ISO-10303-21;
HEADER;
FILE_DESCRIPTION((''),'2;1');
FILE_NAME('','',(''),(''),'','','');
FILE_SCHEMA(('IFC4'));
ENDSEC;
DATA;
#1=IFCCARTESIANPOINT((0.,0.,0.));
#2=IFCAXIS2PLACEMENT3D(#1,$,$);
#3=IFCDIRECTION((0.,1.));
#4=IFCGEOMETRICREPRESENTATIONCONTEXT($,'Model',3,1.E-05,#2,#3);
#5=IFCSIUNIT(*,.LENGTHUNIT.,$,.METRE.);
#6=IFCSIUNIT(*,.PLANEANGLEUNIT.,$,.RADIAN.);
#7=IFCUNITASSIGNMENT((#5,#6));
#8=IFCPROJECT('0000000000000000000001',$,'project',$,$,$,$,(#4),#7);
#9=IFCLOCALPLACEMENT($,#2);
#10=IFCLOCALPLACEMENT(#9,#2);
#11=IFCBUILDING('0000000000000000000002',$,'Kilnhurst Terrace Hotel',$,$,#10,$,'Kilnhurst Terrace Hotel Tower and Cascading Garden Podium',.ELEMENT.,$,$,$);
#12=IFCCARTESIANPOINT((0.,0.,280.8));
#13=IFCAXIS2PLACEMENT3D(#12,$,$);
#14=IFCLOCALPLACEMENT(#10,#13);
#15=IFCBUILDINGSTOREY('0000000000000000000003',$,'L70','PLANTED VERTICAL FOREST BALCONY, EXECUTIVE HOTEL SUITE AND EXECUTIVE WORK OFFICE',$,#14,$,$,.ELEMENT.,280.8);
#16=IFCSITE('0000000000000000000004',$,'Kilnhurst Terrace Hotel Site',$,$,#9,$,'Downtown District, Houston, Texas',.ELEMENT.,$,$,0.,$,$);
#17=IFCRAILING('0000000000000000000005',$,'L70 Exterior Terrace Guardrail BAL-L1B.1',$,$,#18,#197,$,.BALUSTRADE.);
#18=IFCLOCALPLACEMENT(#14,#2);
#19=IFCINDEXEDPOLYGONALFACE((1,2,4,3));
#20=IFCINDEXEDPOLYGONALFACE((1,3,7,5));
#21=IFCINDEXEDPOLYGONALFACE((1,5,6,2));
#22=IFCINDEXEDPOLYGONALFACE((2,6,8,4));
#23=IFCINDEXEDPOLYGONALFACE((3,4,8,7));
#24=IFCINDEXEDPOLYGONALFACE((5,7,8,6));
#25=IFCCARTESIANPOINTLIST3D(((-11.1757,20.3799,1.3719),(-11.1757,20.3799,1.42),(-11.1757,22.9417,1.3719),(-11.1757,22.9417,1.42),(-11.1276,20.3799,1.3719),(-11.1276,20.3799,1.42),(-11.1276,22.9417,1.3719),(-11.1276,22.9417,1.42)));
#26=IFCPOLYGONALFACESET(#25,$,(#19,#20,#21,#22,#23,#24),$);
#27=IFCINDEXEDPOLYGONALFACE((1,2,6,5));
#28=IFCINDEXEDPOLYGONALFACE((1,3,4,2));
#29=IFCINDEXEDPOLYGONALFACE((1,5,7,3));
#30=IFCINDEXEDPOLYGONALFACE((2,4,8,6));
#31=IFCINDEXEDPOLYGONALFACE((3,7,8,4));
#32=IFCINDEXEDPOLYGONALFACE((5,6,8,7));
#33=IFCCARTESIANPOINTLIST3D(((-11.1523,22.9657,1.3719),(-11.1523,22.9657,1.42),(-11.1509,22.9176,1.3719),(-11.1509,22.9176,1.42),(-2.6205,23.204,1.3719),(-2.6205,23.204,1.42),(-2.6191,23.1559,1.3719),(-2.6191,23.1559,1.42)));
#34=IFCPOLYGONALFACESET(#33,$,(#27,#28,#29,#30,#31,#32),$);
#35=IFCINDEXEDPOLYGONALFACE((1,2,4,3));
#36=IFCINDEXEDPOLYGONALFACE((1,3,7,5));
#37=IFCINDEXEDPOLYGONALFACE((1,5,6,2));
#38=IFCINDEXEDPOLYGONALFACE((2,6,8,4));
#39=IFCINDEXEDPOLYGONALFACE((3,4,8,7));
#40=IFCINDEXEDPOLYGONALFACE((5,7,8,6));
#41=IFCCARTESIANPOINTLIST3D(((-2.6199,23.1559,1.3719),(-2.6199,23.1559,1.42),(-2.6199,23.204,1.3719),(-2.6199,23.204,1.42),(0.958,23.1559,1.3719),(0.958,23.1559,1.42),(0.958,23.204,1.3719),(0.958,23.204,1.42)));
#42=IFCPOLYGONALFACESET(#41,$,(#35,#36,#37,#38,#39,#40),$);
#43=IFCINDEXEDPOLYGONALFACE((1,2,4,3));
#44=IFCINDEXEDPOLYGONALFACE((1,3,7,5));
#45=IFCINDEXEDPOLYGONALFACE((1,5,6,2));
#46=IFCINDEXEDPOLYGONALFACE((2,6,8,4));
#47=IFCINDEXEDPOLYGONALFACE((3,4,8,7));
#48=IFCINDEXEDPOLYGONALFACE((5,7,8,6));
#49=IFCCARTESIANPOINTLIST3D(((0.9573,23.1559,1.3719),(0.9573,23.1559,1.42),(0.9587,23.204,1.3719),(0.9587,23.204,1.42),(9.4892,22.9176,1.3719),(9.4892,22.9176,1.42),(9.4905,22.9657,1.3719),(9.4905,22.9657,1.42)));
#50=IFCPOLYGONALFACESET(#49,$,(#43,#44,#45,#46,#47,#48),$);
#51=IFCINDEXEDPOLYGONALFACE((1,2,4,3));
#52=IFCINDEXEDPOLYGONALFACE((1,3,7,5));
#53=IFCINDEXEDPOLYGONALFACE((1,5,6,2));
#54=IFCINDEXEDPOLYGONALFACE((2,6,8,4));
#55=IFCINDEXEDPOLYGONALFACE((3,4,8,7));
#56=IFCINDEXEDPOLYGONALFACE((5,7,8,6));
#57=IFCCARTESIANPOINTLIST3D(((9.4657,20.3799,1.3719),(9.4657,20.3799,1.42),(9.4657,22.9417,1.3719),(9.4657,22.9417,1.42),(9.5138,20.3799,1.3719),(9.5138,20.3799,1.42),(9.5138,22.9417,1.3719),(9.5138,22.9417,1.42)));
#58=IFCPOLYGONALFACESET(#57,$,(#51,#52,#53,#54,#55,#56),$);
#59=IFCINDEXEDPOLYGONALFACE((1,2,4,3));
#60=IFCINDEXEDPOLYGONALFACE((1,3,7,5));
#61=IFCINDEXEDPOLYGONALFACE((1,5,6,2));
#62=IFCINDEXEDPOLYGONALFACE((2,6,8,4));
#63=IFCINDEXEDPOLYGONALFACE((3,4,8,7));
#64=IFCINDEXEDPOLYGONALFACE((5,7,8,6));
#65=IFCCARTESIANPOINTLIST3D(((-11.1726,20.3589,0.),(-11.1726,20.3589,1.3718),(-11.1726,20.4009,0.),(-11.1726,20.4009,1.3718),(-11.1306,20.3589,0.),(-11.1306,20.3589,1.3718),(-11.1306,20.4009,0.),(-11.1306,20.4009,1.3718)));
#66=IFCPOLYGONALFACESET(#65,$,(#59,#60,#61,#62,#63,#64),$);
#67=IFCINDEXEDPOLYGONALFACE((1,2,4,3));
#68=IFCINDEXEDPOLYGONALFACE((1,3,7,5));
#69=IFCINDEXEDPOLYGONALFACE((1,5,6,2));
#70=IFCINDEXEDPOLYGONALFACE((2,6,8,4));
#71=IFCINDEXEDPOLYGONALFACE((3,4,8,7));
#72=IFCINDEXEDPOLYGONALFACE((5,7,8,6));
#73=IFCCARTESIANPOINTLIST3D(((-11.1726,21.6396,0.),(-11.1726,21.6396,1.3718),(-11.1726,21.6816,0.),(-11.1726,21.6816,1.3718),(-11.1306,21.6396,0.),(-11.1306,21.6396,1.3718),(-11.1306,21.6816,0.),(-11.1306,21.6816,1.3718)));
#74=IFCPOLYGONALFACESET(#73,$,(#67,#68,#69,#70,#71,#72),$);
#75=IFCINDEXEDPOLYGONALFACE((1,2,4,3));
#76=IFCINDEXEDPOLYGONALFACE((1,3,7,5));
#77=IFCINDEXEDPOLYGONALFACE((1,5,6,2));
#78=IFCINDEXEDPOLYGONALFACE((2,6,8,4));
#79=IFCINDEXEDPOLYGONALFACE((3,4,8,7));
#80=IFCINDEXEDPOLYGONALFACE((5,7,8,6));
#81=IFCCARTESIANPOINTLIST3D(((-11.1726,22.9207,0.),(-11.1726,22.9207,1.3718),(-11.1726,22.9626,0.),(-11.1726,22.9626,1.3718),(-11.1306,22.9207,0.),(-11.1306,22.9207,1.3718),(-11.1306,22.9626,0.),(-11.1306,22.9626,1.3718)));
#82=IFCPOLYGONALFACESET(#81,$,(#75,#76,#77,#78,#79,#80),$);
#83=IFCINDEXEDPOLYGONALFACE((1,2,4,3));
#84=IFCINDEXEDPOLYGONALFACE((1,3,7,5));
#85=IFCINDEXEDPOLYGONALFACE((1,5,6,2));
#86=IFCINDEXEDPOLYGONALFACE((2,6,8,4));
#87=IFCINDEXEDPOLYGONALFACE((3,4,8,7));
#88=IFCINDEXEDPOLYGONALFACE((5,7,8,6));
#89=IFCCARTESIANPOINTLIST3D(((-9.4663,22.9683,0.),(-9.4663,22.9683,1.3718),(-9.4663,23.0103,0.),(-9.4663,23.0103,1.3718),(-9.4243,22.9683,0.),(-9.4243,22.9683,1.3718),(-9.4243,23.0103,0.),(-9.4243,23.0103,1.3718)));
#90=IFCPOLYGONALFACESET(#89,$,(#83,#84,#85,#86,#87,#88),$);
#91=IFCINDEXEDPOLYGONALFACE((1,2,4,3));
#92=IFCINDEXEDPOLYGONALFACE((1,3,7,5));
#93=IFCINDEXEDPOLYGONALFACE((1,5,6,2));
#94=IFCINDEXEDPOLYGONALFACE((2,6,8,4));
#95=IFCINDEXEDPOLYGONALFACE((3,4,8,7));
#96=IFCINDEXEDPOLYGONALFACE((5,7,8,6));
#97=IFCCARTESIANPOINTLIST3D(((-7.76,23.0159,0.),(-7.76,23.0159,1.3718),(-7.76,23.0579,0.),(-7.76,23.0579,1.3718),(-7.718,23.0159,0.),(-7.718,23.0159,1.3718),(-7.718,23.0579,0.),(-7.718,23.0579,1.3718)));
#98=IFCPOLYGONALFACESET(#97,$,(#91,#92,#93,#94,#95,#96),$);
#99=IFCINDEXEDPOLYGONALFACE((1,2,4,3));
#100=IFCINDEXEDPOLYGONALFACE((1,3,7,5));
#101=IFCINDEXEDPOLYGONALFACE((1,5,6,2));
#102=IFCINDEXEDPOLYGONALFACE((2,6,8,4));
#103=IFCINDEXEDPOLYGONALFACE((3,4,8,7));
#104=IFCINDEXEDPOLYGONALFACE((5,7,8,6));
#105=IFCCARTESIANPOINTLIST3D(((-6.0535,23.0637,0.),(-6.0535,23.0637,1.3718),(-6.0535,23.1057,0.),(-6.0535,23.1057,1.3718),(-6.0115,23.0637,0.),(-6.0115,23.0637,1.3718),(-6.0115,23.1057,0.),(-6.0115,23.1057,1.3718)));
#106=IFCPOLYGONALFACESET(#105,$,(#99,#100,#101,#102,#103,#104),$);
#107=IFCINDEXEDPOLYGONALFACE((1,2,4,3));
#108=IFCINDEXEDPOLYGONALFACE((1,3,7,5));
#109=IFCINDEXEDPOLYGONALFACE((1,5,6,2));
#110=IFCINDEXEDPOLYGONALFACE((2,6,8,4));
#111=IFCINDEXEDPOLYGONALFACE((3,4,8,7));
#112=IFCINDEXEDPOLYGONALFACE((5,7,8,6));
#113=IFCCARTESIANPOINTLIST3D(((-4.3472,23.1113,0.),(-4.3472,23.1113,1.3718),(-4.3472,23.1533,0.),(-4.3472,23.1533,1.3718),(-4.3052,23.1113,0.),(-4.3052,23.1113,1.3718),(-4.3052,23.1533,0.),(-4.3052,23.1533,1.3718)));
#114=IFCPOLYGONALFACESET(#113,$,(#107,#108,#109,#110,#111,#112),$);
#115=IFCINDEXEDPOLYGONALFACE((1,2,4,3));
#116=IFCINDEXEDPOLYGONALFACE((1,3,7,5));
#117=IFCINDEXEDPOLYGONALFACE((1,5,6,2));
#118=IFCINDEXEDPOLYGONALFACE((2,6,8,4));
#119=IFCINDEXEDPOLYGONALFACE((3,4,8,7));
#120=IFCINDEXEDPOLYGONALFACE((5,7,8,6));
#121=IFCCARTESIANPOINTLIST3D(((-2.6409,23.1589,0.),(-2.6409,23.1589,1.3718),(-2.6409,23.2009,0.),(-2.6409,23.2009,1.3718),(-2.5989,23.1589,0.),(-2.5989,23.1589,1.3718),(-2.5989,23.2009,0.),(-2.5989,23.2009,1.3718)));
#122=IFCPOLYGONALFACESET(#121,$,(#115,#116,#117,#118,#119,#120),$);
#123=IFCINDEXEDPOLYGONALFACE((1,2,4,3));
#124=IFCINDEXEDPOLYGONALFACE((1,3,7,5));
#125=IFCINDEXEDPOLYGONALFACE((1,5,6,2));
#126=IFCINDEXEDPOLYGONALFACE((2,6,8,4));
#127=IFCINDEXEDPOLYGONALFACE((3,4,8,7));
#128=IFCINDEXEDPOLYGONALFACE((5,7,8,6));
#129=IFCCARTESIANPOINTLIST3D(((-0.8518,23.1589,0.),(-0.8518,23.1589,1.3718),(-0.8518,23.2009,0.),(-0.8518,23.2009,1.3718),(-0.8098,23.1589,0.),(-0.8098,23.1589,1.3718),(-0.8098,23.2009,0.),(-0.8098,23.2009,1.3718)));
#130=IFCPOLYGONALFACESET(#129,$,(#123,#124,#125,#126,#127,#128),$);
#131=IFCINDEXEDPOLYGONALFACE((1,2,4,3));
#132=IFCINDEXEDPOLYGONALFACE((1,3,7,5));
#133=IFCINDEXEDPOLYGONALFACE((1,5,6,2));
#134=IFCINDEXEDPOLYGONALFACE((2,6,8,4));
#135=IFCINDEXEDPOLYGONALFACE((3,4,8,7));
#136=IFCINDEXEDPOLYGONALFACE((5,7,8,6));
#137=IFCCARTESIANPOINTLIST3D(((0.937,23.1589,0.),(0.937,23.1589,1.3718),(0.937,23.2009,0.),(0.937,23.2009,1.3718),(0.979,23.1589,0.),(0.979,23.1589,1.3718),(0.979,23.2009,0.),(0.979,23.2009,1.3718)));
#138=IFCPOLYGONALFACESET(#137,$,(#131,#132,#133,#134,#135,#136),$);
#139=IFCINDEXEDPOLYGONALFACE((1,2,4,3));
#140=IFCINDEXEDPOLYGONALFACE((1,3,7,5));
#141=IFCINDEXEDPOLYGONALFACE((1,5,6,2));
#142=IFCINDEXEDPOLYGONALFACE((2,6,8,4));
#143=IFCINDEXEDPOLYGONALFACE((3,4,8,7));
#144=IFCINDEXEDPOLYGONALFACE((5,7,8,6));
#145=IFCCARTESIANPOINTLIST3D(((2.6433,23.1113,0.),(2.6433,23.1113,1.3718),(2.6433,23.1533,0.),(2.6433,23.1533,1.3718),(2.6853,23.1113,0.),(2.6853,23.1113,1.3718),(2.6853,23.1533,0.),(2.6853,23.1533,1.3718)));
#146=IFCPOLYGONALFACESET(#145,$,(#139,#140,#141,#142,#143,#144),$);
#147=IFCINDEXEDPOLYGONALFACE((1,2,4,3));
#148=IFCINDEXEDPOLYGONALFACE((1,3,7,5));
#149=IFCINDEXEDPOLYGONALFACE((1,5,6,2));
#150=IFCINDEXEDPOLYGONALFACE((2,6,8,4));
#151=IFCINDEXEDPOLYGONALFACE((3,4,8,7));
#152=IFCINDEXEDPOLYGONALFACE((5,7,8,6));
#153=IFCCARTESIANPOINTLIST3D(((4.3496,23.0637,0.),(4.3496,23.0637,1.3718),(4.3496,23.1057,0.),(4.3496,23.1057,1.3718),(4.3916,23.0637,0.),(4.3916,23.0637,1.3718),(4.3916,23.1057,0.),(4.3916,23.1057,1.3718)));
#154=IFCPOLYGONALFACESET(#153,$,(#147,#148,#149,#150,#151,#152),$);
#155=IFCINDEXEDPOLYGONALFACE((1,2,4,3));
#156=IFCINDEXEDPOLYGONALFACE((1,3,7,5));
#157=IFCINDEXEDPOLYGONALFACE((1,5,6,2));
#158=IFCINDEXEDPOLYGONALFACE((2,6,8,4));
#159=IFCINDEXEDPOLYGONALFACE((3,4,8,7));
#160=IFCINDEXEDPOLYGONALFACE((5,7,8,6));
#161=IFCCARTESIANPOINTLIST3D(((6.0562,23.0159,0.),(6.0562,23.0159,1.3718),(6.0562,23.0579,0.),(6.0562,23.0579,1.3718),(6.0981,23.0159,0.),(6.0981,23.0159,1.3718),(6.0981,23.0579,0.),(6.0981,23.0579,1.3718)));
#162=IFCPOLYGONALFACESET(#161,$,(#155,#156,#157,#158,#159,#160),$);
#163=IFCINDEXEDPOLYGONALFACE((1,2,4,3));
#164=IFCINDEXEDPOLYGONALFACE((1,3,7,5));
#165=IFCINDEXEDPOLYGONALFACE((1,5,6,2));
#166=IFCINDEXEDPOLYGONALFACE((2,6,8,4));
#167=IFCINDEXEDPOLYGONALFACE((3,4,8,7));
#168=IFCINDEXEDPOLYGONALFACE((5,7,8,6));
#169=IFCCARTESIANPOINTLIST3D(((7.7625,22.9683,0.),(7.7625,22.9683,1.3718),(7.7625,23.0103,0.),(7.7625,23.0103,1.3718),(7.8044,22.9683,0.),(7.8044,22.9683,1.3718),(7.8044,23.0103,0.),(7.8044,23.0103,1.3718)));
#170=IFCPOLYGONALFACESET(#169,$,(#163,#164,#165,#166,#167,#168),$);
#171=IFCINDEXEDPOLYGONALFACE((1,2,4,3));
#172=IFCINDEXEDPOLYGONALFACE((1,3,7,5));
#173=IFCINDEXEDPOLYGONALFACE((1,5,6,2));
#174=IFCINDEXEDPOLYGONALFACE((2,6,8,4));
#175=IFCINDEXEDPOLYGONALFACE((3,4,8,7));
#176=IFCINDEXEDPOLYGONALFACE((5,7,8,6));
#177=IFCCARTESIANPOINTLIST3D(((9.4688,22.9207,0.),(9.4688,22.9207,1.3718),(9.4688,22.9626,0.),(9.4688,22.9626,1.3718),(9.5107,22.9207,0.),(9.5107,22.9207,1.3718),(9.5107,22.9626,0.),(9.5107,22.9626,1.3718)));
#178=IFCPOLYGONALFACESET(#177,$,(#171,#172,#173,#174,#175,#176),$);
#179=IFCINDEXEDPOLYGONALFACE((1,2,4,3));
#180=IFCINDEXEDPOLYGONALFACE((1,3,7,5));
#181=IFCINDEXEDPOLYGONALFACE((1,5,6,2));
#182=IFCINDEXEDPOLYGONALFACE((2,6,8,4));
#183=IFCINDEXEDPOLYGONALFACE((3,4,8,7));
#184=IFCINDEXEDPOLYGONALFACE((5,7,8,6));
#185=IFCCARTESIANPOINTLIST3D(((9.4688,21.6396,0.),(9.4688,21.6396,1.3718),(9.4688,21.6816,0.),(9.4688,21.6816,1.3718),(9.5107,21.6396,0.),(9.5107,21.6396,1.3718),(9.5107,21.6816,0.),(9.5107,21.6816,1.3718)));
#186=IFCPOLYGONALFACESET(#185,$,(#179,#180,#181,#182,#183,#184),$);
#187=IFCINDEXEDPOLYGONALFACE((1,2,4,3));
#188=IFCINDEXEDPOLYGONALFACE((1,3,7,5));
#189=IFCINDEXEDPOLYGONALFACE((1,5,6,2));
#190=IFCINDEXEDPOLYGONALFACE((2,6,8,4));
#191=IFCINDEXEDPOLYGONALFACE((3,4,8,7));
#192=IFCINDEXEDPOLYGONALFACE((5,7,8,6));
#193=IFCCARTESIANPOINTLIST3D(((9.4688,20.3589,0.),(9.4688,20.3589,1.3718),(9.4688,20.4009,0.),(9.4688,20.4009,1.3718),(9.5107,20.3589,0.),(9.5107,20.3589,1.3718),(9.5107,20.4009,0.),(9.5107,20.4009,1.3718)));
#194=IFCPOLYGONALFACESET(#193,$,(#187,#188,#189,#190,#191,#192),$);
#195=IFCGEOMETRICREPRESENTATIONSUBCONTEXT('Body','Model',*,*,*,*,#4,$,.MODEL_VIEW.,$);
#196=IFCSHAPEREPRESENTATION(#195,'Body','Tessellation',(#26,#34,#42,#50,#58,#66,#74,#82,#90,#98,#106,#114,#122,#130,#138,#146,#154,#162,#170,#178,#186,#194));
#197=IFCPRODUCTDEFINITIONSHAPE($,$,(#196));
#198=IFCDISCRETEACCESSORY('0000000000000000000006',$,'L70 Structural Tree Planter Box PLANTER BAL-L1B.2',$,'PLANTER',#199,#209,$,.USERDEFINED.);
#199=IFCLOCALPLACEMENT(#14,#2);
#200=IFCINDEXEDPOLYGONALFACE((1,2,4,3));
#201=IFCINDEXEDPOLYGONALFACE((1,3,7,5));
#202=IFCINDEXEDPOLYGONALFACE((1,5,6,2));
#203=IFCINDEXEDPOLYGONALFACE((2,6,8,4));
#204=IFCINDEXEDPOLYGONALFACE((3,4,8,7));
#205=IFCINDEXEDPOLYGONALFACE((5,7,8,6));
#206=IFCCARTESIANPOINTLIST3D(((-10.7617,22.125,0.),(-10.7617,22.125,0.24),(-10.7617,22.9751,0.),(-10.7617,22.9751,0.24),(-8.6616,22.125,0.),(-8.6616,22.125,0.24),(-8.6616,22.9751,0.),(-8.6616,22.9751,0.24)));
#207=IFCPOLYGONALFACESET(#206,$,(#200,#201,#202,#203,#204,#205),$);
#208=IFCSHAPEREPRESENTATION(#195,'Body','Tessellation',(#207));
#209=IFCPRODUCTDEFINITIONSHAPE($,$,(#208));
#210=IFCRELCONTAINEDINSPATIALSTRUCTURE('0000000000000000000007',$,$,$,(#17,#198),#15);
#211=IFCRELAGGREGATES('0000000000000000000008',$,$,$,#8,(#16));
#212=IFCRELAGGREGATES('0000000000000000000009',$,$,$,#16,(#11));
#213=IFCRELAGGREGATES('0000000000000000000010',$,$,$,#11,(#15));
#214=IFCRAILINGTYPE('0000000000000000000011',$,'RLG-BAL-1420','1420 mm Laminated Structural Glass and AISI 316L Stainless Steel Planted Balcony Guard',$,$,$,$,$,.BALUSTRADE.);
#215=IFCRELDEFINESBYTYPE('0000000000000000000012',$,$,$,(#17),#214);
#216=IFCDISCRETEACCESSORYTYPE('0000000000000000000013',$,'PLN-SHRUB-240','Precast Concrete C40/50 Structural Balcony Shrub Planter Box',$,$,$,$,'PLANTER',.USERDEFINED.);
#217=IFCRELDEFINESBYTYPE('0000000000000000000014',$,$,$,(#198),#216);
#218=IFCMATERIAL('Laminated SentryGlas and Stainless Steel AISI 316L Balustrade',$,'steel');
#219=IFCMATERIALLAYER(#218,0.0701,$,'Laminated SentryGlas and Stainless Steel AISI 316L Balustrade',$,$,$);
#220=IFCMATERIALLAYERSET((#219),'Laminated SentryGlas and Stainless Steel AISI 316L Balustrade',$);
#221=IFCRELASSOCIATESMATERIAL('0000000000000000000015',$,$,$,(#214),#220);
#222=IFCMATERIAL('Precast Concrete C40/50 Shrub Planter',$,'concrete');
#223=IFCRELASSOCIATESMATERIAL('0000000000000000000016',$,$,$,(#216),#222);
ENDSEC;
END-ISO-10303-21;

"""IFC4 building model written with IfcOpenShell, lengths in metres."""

from ifc_helpers import new_model, si_unit, direction, frame, origin, origin_2d, place, context, subcontext, project, spatial, rectangle, extrude, material, layer, layer_set, type_object, element, save


model = new_model("IFC4")

# Units and contexts
model_context = context("Model", 3, precision=1e-05, world=origin(), true_north=direction((0.0, 1.0)))
body_context = subcontext(model_context, "Body", "Model", "MODEL_VIEW")
ifc_project = project(units=[si_unit("LENGTHUNIT", "METRE"), si_unit("PLANEANGLEUNIT", "RADIAN")], contexts=[model_context])

# Site, building, storey
site_placement = place(None, origin())
site = spatial("IfcSite", under=ifc_project, at=site_placement, Name="Kilnhurst Terrace Hotel Site", LongName="Downtown District, Houston, Texas", CompositionType="ELEMENT", RefElevation=0.0)
building_placement = place(site_placement, origin())
building = spatial("IfcBuilding", under=site, at=building_placement, Name="Kilnhurst Terrace Hotel", LongName="Kilnhurst Terrace Hotel Tower and Cascading Garden Podium", CompositionType="ELEMENT")
storey_placement = place(building_placement, frame((0.0, 0.0, 280.8)))
storey = spatial("IfcBuildingStorey", under=building, at=storey_placement, Name="L70", Description="PLANTED VERTICAL FOREST BALCONY, EXECUTIVE HOTEL SUITE AND EXECUTIVE WORK OFFICE", CompositionType="ELEMENT", Elevation=280.8)

# Railing
ifc_material_1 = material(Name="Laminated SentryGlas and Stainless Steel AISI 316L Balustrade", Category="steel")
ifc_layer_1 = layer(ifc_material_1, 0.0701, Name="Laminated SentryGlas and Stainless Steel AISI 316L Balustrade")
ifc_layer_set_1 = layer_set([ifc_layer_1], Name="Laminated SentryGlas and Stainless Steel AISI 316L Balustrade")
railing_type = type_object("IfcRailingType", Name="RLG-BAL-1420", Description="1420 mm Laminated Structural Glass and AISI 316L Stainless Steel Planted Balcony Guard", PredefinedType="BALUSTRADE", material=ifc_layer_set_1)
railing_placement = place(storey_placement, frame((-11.1516, 20.3799, 0.0)))
element("IfcRailing", 1, at=railing_placement, inside=storey, type_object=railing_type, Name="L70 Exterior Terrace Guardrail BAL-L1B.1", PredefinedType="BALUSTRADE", context=body_context, shape_type="SweptSolid", body=[
    extrude(rectangle(XDim=0.0481, YDim=0.0481, at=origin_2d()), frame((0.0, 0.0, 1.396), z_axis=(0.0, 1.0, 0.0), x_axis=(-1.0, 0.0, 0.0)), (0.0, 0.0, 1.0), 2.5618),
    extrude(rectangle(XDim=0.0481, YDim=0.0481, at=origin_2d()), frame((0.0, 2.5618, 1.396), z_axis=(0.99961, 0.027918, 0.0), x_axis=(-0.027918, 0.99961, 0.0)), (0.0, 0.0, 1.0), 8.5352),
    extrude(rectangle(XDim=0.0481, YDim=0.0481, at=origin_2d()), frame((8.5317, 2.8, 1.396), z_axis=(1.0, 0.0, 0.0), x_axis=(0.0, 1.0, 0.0)), (0.0, 0.0, 1.0), 3.5779),
    extrude(rectangle(XDim=0.0481, YDim=0.0481, at=origin_2d()), frame((12.1096, 2.8, 1.396), z_axis=(0.99961, -0.027918, 0.0), x_axis=(0.027918, 0.99961, 0.0)), (0.0, 0.0, 1.0), 8.5352),
    extrude(rectangle(XDim=0.0481, YDim=0.0481, at=origin_2d()), frame((20.6414, 2.5618, 1.396), z_axis=(0.0, -1.0, 0.0), x_axis=(1.0, 0.0, 0.0)), (0.0, 0.0, 1.0), 2.5618),
    extrude(rectangle(XDim=0.042, YDim=0.042, at=origin_2d()), origin(), (0.0, 0.0, 1.0), 1.3718),
    extrude(rectangle(XDim=0.042, YDim=0.042, at=origin_2d()), frame((0.0, 1.2808, 0.0)), (0.0, 0.0, 1.0), 1.3718),
    extrude(rectangle(XDim=0.042, YDim=0.042, at=origin_2d()), frame((0.0, 2.5618, 0.0)), (0.0, 0.0, 1.0), 1.3718),
    extrude(rectangle(XDim=0.042, YDim=0.042, at=origin_2d()), frame((1.7063, 2.6094, 0.0)), (0.0, 0.0, 1.0), 1.3718),
    extrude(rectangle(XDim=0.042, YDim=0.042, at=origin_2d()), frame((3.4126, 2.657, 0.0)), (0.0, 0.0, 1.0), 1.3718),
    extrude(rectangle(XDim=0.042, YDim=0.042, at=origin_2d()), frame((5.1191, 2.7048, 0.0)), (0.0, 0.0, 1.0), 1.3718),
    extrude(rectangle(XDim=0.042, YDim=0.042, at=origin_2d()), frame((6.8254, 2.7524, 0.0)), (0.0, 0.0, 1.0), 1.3718),
    extrude(rectangle(XDim=0.042, YDim=0.042, at=origin_2d()), frame((8.5317, 2.8, 0.0)), (0.0, 0.0, 1.0), 1.3718),
    extrude(rectangle(XDim=0.042, YDim=0.042, at=origin_2d()), frame((10.3208, 2.8, 0.0)), (0.0, 0.0, 1.0), 1.3718),
    extrude(rectangle(XDim=0.042, YDim=0.042, at=origin_2d()), frame((12.1096, 2.8, 0.0)), (0.0, 0.0, 1.0), 1.3718),
    extrude(rectangle(XDim=0.042, YDim=0.042, at=origin_2d()), frame((13.8159, 2.7524, 0.0)), (0.0, 0.0, 1.0), 1.3718),
    extrude(rectangle(XDim=0.042, YDim=0.042, at=origin_2d()), frame((15.5222, 2.7048, 0.0)), (0.0, 0.0, 1.0), 1.3718),
    extrude(rectangle(XDim=0.042, YDim=0.042, at=origin_2d()), frame((17.2288, 2.657, 0.0)), (0.0, 0.0, 1.0), 1.3718),
    extrude(rectangle(XDim=0.042, YDim=0.042, at=origin_2d()), frame((18.9351, 2.6094, 0.0)), (0.0, 0.0, 1.0), 1.3718),
    extrude(rectangle(XDim=0.042, YDim=0.042, at=origin_2d()), frame((20.6414, 2.5618, 0.0)), (0.0, 0.0, 1.0), 1.3718),
    extrude(rectangle(XDim=0.042, YDim=0.042, at=origin_2d()), frame((20.6414, 1.2808, 0.0)), (0.0, 0.0, 1.0), 1.3718),
    extrude(rectangle(XDim=0.042, YDim=0.042, at=origin_2d()), frame((20.6414, 0.0, 0.0)), (0.0, 0.0, 1.0), 1.3718),
])

# Discrete accessory
ifc_material_2 = material(Name="Precast Concrete C40/50 Shrub Planter", Category="concrete")
discrete_accessory_type = type_object("IfcDiscreteAccessoryType", Name="PLN-SHRUB-240", Description="Precast Concrete C40/50 Structural Balcony Shrub Planter Box", ElementType="PLANTER", PredefinedType="USERDEFINED", material=ifc_material_2)
discrete_accessory_placement = place(storey_placement, frame((-9.7117, 22.55, 0.0), z_axis=(0.0, 0.0, 1.0), x_axis=(-1.0, 0.0, 0.0)))
element("IfcDiscreteAccessory", 2, at=discrete_accessory_placement, inside=storey, type_object=discrete_accessory_type, Name="L70 Structural Tree Planter Box PLANTER BAL-L1B.2", ObjectType="PLANTER", PredefinedType="USERDEFINED", context=body_context, shape_type="SweptSolid", body=[
    extrude(rectangle(XDim=2.1001, YDim=0.8501, at=origin_2d()), origin(), (0.0, 0.0, 1.0), 0.24),
])

save(model, "model.ifc")
